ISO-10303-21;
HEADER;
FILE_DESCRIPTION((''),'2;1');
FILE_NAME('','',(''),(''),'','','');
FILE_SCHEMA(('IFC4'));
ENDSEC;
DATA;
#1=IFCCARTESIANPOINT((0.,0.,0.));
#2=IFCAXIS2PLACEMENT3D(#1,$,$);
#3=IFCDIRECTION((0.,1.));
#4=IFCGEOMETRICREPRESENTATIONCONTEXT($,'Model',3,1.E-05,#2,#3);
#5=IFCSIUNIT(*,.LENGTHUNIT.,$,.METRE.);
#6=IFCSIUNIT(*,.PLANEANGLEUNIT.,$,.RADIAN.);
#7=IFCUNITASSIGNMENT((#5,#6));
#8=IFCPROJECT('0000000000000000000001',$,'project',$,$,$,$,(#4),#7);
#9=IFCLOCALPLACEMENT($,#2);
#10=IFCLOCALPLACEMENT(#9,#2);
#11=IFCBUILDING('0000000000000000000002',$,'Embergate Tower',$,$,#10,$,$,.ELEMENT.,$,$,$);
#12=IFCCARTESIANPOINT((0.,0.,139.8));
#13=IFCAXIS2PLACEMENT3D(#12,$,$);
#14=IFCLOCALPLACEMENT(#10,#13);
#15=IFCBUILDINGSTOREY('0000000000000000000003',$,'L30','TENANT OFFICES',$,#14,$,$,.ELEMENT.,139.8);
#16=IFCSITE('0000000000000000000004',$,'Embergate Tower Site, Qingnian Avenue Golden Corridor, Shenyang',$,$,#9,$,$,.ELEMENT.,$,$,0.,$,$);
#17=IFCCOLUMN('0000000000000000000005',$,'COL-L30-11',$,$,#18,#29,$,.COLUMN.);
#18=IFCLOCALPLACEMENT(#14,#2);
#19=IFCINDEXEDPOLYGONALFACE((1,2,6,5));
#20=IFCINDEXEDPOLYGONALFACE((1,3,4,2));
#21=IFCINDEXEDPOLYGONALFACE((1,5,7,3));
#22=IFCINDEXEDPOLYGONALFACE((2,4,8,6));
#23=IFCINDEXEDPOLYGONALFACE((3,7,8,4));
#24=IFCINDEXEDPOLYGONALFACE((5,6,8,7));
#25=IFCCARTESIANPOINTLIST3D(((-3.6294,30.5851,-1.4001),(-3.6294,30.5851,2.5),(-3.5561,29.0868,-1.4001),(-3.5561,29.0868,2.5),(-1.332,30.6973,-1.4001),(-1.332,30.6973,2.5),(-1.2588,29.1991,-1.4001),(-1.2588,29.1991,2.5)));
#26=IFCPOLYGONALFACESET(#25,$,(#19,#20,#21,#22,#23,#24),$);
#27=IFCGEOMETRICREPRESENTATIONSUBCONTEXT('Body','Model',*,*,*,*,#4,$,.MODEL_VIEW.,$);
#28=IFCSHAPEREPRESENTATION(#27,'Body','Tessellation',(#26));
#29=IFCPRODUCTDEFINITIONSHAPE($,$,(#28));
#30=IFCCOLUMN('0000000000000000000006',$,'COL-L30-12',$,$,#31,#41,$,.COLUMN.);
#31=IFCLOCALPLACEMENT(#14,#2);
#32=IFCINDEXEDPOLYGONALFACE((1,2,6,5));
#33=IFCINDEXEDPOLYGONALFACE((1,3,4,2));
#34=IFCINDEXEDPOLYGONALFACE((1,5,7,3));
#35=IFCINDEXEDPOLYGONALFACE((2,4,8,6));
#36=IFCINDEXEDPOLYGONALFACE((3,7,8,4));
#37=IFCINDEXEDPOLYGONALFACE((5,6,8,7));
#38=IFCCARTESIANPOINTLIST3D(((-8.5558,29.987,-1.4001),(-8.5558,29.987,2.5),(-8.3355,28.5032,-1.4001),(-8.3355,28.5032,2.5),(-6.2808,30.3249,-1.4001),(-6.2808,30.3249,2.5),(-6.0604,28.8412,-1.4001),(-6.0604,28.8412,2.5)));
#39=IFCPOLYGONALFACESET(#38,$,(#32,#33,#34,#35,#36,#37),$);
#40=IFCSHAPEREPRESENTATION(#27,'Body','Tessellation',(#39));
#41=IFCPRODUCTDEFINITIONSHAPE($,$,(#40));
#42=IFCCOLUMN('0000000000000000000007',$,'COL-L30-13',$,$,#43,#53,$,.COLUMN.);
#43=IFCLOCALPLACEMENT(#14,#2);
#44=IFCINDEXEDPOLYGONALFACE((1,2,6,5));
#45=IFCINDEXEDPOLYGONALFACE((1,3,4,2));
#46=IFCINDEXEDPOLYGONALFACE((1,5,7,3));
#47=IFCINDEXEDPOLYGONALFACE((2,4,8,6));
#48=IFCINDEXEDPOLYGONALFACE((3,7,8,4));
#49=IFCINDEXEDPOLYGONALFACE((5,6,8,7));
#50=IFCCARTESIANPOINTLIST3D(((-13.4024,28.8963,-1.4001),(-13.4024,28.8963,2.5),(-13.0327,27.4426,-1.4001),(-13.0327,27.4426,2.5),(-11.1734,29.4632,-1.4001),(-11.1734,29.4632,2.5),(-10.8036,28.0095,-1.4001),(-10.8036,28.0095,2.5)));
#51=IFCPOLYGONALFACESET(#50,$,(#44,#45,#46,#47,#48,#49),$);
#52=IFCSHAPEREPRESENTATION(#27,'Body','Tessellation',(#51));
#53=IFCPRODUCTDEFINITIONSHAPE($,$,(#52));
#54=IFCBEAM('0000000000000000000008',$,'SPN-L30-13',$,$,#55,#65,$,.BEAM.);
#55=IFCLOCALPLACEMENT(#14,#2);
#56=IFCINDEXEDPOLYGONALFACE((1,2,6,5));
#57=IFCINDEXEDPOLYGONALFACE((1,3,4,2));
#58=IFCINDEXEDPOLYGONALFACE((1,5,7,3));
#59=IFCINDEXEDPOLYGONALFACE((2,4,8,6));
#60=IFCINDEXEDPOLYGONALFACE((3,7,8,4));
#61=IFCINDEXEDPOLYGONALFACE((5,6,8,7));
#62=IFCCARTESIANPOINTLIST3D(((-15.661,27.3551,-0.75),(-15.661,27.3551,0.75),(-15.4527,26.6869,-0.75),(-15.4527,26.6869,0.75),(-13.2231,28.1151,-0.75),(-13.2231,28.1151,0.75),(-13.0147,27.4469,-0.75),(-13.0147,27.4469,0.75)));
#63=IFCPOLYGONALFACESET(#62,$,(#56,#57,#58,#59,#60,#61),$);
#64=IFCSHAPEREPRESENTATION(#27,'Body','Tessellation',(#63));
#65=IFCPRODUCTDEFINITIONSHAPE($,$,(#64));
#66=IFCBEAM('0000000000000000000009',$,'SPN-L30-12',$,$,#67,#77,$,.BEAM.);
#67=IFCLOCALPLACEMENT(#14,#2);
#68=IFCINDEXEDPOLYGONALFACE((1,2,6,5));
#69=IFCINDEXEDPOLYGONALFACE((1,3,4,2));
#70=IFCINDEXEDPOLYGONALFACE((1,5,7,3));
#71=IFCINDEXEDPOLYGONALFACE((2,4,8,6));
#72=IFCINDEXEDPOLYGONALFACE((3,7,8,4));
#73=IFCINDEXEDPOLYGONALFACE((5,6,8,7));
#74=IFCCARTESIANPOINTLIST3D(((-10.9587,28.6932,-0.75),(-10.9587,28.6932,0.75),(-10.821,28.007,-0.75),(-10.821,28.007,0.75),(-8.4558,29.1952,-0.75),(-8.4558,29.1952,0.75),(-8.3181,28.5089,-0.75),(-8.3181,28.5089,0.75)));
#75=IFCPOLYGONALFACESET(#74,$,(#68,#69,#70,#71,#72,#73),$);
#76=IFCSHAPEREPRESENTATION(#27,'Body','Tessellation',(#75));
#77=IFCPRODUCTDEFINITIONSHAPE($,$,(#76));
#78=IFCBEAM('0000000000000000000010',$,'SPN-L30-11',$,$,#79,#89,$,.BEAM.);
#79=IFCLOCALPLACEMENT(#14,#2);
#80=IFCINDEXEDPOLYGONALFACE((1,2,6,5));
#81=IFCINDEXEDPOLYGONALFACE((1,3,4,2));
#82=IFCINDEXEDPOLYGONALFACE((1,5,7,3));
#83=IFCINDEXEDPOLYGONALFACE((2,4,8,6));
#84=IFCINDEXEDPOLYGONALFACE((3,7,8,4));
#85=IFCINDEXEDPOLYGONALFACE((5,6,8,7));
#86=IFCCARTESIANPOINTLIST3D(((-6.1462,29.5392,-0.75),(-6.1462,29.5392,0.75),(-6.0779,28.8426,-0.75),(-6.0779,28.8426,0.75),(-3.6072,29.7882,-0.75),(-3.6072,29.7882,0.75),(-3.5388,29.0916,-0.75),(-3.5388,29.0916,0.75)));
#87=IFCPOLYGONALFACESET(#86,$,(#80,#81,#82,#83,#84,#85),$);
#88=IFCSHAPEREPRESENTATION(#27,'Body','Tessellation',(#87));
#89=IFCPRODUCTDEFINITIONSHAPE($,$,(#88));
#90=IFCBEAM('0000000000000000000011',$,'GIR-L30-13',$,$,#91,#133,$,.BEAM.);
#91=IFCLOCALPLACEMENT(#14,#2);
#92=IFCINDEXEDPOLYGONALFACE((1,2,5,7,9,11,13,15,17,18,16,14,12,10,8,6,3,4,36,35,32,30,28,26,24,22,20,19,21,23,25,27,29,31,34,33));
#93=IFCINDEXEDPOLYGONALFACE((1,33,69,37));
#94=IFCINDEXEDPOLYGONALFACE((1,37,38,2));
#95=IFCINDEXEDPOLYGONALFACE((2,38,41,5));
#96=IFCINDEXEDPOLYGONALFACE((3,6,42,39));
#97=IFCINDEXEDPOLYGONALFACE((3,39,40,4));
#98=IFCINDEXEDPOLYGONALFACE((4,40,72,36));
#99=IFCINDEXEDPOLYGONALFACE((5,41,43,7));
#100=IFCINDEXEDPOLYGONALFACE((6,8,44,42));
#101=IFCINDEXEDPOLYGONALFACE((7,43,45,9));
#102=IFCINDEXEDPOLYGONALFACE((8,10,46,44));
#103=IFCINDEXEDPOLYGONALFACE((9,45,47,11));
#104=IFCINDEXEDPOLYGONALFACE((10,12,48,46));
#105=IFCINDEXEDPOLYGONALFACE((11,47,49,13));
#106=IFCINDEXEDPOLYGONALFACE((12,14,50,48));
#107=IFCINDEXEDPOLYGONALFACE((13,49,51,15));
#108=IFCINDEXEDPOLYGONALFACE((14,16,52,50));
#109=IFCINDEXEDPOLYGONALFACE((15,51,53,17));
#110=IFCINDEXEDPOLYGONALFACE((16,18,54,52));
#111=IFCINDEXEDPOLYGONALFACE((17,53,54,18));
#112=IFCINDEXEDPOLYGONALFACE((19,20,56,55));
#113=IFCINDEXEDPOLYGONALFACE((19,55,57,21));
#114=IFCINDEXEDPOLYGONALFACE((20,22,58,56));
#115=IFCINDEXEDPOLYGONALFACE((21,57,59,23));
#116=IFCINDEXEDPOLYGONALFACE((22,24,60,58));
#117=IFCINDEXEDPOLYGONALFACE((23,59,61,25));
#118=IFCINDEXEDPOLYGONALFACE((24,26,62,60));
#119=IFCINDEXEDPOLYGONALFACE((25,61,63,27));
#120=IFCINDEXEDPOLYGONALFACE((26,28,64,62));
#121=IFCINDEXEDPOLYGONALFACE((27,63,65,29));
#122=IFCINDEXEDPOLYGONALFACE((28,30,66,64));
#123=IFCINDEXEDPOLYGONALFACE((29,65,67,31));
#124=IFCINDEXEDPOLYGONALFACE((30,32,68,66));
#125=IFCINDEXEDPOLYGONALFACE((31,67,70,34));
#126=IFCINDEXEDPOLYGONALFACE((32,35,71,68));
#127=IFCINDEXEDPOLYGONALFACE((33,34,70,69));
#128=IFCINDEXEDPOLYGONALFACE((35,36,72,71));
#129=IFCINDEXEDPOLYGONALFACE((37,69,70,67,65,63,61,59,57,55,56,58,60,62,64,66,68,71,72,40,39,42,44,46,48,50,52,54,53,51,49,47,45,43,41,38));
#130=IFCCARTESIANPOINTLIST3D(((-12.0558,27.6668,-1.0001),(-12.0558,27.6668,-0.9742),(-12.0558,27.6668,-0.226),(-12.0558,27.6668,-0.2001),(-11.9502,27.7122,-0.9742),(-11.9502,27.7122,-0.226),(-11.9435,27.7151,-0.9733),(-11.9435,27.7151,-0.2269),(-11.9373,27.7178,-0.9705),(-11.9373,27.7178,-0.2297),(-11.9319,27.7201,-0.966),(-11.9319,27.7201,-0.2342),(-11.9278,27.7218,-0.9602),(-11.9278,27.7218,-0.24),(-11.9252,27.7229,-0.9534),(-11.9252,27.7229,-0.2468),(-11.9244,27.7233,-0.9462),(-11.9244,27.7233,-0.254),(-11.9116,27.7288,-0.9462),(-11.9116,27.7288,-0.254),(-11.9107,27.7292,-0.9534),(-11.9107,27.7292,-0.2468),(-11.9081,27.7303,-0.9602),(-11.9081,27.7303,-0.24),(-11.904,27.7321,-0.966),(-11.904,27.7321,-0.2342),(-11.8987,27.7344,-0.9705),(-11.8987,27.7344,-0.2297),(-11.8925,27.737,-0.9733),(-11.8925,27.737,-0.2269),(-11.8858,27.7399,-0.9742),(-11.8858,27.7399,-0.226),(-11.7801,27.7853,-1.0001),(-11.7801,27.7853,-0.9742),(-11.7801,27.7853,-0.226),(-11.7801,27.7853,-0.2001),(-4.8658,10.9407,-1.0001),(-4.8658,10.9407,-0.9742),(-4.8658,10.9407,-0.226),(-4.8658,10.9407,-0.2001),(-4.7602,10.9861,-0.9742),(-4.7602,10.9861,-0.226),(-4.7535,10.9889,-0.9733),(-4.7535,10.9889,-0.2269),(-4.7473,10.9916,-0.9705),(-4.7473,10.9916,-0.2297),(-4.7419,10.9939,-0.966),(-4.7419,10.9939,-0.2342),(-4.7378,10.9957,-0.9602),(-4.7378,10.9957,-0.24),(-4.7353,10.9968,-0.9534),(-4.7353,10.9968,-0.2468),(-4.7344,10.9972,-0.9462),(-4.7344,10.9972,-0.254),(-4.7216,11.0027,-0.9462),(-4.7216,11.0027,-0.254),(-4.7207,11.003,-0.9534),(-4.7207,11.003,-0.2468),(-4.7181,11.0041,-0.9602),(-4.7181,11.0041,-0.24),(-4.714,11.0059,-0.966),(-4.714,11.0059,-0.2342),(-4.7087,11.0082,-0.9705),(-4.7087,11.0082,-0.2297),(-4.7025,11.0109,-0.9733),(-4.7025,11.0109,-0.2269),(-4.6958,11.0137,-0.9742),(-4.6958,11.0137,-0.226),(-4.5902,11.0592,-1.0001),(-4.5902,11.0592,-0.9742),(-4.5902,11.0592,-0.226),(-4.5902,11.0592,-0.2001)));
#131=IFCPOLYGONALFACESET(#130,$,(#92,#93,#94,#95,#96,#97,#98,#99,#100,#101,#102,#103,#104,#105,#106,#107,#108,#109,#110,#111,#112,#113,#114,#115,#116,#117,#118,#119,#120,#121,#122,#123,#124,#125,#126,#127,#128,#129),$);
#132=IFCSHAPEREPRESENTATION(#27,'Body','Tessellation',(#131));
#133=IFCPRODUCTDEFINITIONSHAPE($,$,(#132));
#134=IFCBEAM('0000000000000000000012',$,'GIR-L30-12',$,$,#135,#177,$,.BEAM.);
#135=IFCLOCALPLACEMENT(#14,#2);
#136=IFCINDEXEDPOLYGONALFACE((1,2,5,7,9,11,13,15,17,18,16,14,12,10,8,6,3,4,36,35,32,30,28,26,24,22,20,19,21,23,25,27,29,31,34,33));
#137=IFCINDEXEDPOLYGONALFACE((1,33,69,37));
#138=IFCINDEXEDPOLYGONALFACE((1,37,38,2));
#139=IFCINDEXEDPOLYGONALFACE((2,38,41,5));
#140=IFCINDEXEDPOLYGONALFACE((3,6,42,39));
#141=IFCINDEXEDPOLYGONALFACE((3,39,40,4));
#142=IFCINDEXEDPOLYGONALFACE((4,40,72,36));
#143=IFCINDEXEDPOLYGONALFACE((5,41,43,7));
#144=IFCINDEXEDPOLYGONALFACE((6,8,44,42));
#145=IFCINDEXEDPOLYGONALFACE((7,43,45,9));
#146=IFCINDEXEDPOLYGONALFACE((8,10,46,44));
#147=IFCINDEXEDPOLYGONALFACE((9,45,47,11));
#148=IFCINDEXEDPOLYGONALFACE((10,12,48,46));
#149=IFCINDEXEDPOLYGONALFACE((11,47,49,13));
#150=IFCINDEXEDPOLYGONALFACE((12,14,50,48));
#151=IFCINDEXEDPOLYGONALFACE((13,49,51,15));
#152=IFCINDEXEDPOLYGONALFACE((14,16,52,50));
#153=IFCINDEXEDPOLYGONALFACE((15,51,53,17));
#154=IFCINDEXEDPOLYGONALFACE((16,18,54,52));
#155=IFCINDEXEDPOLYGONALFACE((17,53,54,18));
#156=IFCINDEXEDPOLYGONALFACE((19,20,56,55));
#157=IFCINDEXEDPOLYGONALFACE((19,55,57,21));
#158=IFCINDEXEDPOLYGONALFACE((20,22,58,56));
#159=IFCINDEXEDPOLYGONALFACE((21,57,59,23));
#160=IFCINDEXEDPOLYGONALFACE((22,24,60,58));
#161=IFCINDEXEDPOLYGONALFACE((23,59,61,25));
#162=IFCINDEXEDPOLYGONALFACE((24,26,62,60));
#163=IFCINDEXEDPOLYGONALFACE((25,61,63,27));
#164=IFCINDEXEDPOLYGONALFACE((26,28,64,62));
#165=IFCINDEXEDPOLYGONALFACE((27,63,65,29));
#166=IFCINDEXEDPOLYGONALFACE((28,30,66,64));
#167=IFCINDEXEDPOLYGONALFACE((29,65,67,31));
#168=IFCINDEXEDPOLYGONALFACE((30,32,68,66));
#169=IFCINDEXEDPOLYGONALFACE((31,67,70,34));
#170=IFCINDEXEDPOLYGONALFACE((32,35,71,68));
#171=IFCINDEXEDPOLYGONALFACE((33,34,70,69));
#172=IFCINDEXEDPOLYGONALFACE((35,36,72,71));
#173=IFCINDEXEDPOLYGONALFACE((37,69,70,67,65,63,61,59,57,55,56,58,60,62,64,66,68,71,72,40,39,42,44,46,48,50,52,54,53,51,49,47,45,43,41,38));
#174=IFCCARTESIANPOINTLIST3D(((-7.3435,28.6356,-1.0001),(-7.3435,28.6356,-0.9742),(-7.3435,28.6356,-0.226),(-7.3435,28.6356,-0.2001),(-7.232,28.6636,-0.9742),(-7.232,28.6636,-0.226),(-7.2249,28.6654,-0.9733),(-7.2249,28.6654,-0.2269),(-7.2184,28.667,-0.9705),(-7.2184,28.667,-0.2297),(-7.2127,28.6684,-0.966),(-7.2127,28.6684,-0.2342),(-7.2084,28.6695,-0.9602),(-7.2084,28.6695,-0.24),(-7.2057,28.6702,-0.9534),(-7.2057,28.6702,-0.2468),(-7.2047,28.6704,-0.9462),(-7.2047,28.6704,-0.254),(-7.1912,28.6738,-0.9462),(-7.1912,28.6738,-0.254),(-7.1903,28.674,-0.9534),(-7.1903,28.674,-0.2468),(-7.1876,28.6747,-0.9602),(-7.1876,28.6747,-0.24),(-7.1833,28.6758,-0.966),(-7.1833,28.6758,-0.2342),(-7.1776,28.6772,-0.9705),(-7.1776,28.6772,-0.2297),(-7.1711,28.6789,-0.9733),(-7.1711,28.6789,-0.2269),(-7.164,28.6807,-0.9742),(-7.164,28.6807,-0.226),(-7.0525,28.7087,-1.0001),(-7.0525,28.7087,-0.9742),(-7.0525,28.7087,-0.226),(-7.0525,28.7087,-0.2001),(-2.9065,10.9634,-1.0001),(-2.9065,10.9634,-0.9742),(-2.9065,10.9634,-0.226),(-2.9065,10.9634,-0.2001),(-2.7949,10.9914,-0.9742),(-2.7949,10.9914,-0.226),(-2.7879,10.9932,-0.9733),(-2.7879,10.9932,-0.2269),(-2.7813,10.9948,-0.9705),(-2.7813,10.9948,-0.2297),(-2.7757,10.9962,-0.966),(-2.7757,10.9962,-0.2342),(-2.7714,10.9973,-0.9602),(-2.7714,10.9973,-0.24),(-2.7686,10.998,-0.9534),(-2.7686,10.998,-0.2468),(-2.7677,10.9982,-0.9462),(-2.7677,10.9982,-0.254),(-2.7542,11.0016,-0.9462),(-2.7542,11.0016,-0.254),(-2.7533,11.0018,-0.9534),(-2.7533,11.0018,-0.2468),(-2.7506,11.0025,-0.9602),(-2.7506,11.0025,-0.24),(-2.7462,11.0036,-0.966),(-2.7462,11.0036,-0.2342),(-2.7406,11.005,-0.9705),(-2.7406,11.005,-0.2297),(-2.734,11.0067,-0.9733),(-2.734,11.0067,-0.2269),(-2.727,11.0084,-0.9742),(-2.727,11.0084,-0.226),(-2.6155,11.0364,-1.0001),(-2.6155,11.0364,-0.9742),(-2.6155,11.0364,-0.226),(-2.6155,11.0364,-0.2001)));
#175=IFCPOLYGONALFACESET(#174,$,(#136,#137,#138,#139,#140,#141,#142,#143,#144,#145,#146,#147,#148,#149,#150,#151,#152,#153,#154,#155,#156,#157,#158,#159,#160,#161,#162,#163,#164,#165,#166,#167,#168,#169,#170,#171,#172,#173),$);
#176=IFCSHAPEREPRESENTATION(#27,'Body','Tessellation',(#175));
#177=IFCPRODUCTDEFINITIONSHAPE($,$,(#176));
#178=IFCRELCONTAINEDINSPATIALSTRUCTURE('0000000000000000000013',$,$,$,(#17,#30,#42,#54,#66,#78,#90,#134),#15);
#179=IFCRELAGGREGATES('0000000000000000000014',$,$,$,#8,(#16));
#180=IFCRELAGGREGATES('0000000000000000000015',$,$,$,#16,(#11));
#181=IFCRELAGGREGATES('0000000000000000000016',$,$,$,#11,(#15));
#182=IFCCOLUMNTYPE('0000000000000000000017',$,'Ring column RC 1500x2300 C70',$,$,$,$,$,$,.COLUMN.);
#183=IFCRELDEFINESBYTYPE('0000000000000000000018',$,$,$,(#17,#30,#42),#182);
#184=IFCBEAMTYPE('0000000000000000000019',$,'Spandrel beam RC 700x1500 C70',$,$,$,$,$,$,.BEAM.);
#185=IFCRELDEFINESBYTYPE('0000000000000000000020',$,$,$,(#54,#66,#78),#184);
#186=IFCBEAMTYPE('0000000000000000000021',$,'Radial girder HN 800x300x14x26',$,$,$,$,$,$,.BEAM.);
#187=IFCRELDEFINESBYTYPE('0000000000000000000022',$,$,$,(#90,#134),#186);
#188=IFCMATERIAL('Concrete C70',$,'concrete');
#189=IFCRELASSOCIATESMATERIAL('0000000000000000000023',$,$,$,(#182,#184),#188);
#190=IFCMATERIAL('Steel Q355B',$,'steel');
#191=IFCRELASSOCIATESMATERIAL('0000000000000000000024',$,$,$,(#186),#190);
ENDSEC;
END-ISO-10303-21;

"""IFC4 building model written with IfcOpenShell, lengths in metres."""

from ifc_helpers import new_model, si_unit, direction, frame, origin, origin_2d, place, context, subcontext, project, spatial, rectangle, i_section, extrude, source, transform, mapped, material, material_profile, profile_set, type_object, element, save


model = new_model("IFC4")

# Units and contexts
model_context = context("Model", 3, precision=1e-05, world=origin(), true_north=direction((0.0, 1.0)))
body_context = subcontext(model_context, "Body", "Model", "MODEL_VIEW")
ifc_project = project(units=[si_unit("LENGTHUNIT", "METRE"), si_unit("PLANEANGLEUNIT", "RADIAN")], contexts=[model_context])

# Site, building, storey
site_placement = place(None, origin())
site = spatial("IfcSite", under=ifc_project, at=site_placement, Name="Embergate Tower Site, Qingnian Avenue Golden Corridor, Shenyang", CompositionType="ELEMENT", RefElevation=0.0)
building_placement = place(site_placement, origin())
building = spatial("IfcBuilding", under=site, at=building_placement, Name="Embergate Tower", CompositionType="ELEMENT")
storey_placement = place(building_placement, frame((0.0, 0.0, 139.8)))
storey = spatial("IfcBuildingStorey", under=building, at=storey_placement, Name="L30", Description="TENANT OFFICES", CompositionType="ELEMENT", Elevation=139.8)

# Columns
ifc_material_1 = material(Name="Concrete C70", Category="concrete")
ifc_material_profile_1 = material_profile(ifc_material_1, rectangle(XDim=1.5, YDim=2.3, at=origin_2d()), Name="RC 1500x2300")
ifc_profile_set_1 = profile_set([ifc_material_profile_1], Name="Concrete C70")
column_type = type_object("IfcColumnType", Name="Ring column RC 1500x2300 C70", PredefinedType="COLUMN", material=ifc_profile_set_1)
shared_shape_1 = source(origin(), body_context, "Body", "SweptSolid", [
    extrude(rectangle(XDim=1.5, YDim=2.3, at=origin_2d()), origin(), (0.0, 0.0, 1.0), 3.9001),
])
for number, where, z_axis, x_axis, name in (
    (1, (-2.4441, 29.8921, -1.4001), (0.0, 0.0, 1.0), (-0.048815, 0.998808, 0.0), "COL-L30-11"),
    (2, (-7.3081, 29.4141, -1.4001), (0.0, 0.0, 1.0), (-0.146929, 0.989147, 0.0), "COL-L30-12"),
    (3, (-12.103, 28.4529, -1.4001), (0.0, 0.0, 1.0), (-0.246492, 0.969145, 0.0), "COL-L30-13"),
):
    element("IfcColumn", number, at=place(storey_placement, frame(where, z_axis=z_axis, x_axis=x_axis)), inside=storey, type_object=column_type, Name=name, PredefinedType="COLUMN", context=body_context, shape_type="MappedRepresentation", body=[
        mapped(shared_shape_1, transform((0.0, 0.0, 0.0))),
    ])

# Beams
ifc_material_profile_2 = material_profile(ifc_material_1, rectangle(XDim=0.7, YDim=1.5, at=origin_2d()), Name="RC 700x1500")
ifc_profile_set_2 = profile_set([ifc_material_profile_2], Name="Concrete C70")
beam_type_1 = type_object("IfcBeamType", Name="Spandrel beam RC 700x1500 C70", PredefinedType="BEAM", material=ifc_profile_set_2)
shared_shape_2 = source(origin(), body_context, "Body", "SweptSolid", [
    extrude(rectangle(XDim=0.7, YDim=1.5, at=origin_2d()), origin(), (0.0, 0.0, 1.0), 2.5537),
])
beam_1_placement = place(storey_placement, frame((-13.1189, 27.781, 0.0), z_axis=(-0.954687, -0.297611, 0.0), x_axis=(0.297611, -0.954687, 0.0)))
element("IfcBeam", 4, at=beam_1_placement, inside=storey, type_object=beam_type_1, Name="SPN-L30-13", PredefinedType="BEAM", context=body_context, shape_type="MappedRepresentation", body=[
    mapped(shared_shape_2, transform((0.0, 0.0, 0.0))),
])
shared_shape_3 = source(origin(), body_context, "Body", "SweptSolid", [
    extrude(rectangle(XDim=0.7, YDim=1.5, at=origin_2d()), origin(), (0.0, 0.0, 1.0), 2.5527),
])
beam_2_placement = place(storey_placement, frame((-8.387, 28.8521, 0.0), z_axis=(-0.980478, -0.196631, 0.0), x_axis=(0.196631, -0.980478, 0.0)))
element("IfcBeam", 5, at=beam_2_placement, inside=storey, type_object=beam_type_1, Name="SPN-L30-12", PredefinedType="BEAM", context=body_context, shape_type="MappedRepresentation", body=[
    mapped(shared_shape_3, transform((0.0, 0.0, 0.0))),
])
shared_shape_4 = source(origin(), body_context, "Body", "SweptSolid", [
    extrude(rectangle(XDim=0.7, YDim=1.5, at=origin_2d()), origin(), (0.0, 0.0, 1.0), 2.5513),
])
beam_3_placement = place(storey_placement, frame((-3.573, 29.4399, 0.0), z_axis=(-0.995225, -0.097609, 0.0), x_axis=(0.097609, -0.995225, 0.0)))
element("IfcBeam", 6, at=beam_3_placement, inside=storey, type_object=beam_type_1, Name="SPN-L30-11", PredefinedType="BEAM", context=body_context, shape_type="MappedRepresentation", body=[
    mapped(shared_shape_4, transform((0.0, 0.0, 0.0))),
])
ifc_material_2 = material(Name="Steel Q355B", Category="steel")
ifc_material_profile_3 = material_profile(ifc_material_2, i_section(OverallWidth=0.3, OverallDepth=0.8, WebThickness=0.0139, FlangeThickness=0.0259, FilletRadius=0.0281, at=origin_2d()), Name="HN 800x300x14x26")
ifc_profile_set_3 = profile_set([ifc_material_profile_3], Name="Steel Q355 grade B")
beam_type_2 = type_object("IfcBeamType", Name="Radial girder HN 800x300x14x26", PredefinedType="BEAM", material=ifc_profile_set_3)
shared_shape_5 = source(origin(), body_context, "Body", "SweptSolid", [
    extrude(i_section(OverallWidth=0.3, OverallDepth=0.8, WebThickness=0.0139, FlangeThickness=0.0259, FilletRadius=0.0281, at=origin_2d()), origin(), (0.0, 0.0, 1.0), 18.2061),
])
beam_4_placement = place(storey_placement, frame((-11.918, 27.7261, -0.6001), z_axis=(0.394922, -0.918714, 0.0), x_axis=(0.918714, 0.394922, 0.0)))
element("IfcBeam", 7, at=beam_4_placement, inside=storey, type_object=beam_type_2, Name="GIR-L30-13", PredefinedType="BEAM", context=body_context, shape_type="MappedRepresentation", body=[
    mapped(shared_shape_5, transform((0.0, 0.0, 0.0))),
])
shared_shape_6 = source(origin(), body_context, "Body", "SweptSolid", [
    extrude(i_section(OverallWidth=0.3, OverallDepth=0.8, WebThickness=0.0139, FlangeThickness=0.0259, FilletRadius=0.0281, at=origin_2d()), origin(), (0.0, 0.0, 1.0), 18.2207),
])
beam_5_placement = place(storey_placement, frame((-7.198, 28.6721, -0.6001), z_axis=(0.243516, -0.969897, 0.0), x_axis=(0.969897, 0.243516, 0.0)))
element("IfcBeam", 8, at=beam_5_placement, inside=storey, type_object=beam_type_2, Name="GIR-L30-12", PredefinedType="BEAM", context=body_context, shape_type="MappedRepresentation", body=[
    mapped(shared_shape_6, transform((0.0, 0.0, 0.0))),
])

save(model, "model.ifc")
